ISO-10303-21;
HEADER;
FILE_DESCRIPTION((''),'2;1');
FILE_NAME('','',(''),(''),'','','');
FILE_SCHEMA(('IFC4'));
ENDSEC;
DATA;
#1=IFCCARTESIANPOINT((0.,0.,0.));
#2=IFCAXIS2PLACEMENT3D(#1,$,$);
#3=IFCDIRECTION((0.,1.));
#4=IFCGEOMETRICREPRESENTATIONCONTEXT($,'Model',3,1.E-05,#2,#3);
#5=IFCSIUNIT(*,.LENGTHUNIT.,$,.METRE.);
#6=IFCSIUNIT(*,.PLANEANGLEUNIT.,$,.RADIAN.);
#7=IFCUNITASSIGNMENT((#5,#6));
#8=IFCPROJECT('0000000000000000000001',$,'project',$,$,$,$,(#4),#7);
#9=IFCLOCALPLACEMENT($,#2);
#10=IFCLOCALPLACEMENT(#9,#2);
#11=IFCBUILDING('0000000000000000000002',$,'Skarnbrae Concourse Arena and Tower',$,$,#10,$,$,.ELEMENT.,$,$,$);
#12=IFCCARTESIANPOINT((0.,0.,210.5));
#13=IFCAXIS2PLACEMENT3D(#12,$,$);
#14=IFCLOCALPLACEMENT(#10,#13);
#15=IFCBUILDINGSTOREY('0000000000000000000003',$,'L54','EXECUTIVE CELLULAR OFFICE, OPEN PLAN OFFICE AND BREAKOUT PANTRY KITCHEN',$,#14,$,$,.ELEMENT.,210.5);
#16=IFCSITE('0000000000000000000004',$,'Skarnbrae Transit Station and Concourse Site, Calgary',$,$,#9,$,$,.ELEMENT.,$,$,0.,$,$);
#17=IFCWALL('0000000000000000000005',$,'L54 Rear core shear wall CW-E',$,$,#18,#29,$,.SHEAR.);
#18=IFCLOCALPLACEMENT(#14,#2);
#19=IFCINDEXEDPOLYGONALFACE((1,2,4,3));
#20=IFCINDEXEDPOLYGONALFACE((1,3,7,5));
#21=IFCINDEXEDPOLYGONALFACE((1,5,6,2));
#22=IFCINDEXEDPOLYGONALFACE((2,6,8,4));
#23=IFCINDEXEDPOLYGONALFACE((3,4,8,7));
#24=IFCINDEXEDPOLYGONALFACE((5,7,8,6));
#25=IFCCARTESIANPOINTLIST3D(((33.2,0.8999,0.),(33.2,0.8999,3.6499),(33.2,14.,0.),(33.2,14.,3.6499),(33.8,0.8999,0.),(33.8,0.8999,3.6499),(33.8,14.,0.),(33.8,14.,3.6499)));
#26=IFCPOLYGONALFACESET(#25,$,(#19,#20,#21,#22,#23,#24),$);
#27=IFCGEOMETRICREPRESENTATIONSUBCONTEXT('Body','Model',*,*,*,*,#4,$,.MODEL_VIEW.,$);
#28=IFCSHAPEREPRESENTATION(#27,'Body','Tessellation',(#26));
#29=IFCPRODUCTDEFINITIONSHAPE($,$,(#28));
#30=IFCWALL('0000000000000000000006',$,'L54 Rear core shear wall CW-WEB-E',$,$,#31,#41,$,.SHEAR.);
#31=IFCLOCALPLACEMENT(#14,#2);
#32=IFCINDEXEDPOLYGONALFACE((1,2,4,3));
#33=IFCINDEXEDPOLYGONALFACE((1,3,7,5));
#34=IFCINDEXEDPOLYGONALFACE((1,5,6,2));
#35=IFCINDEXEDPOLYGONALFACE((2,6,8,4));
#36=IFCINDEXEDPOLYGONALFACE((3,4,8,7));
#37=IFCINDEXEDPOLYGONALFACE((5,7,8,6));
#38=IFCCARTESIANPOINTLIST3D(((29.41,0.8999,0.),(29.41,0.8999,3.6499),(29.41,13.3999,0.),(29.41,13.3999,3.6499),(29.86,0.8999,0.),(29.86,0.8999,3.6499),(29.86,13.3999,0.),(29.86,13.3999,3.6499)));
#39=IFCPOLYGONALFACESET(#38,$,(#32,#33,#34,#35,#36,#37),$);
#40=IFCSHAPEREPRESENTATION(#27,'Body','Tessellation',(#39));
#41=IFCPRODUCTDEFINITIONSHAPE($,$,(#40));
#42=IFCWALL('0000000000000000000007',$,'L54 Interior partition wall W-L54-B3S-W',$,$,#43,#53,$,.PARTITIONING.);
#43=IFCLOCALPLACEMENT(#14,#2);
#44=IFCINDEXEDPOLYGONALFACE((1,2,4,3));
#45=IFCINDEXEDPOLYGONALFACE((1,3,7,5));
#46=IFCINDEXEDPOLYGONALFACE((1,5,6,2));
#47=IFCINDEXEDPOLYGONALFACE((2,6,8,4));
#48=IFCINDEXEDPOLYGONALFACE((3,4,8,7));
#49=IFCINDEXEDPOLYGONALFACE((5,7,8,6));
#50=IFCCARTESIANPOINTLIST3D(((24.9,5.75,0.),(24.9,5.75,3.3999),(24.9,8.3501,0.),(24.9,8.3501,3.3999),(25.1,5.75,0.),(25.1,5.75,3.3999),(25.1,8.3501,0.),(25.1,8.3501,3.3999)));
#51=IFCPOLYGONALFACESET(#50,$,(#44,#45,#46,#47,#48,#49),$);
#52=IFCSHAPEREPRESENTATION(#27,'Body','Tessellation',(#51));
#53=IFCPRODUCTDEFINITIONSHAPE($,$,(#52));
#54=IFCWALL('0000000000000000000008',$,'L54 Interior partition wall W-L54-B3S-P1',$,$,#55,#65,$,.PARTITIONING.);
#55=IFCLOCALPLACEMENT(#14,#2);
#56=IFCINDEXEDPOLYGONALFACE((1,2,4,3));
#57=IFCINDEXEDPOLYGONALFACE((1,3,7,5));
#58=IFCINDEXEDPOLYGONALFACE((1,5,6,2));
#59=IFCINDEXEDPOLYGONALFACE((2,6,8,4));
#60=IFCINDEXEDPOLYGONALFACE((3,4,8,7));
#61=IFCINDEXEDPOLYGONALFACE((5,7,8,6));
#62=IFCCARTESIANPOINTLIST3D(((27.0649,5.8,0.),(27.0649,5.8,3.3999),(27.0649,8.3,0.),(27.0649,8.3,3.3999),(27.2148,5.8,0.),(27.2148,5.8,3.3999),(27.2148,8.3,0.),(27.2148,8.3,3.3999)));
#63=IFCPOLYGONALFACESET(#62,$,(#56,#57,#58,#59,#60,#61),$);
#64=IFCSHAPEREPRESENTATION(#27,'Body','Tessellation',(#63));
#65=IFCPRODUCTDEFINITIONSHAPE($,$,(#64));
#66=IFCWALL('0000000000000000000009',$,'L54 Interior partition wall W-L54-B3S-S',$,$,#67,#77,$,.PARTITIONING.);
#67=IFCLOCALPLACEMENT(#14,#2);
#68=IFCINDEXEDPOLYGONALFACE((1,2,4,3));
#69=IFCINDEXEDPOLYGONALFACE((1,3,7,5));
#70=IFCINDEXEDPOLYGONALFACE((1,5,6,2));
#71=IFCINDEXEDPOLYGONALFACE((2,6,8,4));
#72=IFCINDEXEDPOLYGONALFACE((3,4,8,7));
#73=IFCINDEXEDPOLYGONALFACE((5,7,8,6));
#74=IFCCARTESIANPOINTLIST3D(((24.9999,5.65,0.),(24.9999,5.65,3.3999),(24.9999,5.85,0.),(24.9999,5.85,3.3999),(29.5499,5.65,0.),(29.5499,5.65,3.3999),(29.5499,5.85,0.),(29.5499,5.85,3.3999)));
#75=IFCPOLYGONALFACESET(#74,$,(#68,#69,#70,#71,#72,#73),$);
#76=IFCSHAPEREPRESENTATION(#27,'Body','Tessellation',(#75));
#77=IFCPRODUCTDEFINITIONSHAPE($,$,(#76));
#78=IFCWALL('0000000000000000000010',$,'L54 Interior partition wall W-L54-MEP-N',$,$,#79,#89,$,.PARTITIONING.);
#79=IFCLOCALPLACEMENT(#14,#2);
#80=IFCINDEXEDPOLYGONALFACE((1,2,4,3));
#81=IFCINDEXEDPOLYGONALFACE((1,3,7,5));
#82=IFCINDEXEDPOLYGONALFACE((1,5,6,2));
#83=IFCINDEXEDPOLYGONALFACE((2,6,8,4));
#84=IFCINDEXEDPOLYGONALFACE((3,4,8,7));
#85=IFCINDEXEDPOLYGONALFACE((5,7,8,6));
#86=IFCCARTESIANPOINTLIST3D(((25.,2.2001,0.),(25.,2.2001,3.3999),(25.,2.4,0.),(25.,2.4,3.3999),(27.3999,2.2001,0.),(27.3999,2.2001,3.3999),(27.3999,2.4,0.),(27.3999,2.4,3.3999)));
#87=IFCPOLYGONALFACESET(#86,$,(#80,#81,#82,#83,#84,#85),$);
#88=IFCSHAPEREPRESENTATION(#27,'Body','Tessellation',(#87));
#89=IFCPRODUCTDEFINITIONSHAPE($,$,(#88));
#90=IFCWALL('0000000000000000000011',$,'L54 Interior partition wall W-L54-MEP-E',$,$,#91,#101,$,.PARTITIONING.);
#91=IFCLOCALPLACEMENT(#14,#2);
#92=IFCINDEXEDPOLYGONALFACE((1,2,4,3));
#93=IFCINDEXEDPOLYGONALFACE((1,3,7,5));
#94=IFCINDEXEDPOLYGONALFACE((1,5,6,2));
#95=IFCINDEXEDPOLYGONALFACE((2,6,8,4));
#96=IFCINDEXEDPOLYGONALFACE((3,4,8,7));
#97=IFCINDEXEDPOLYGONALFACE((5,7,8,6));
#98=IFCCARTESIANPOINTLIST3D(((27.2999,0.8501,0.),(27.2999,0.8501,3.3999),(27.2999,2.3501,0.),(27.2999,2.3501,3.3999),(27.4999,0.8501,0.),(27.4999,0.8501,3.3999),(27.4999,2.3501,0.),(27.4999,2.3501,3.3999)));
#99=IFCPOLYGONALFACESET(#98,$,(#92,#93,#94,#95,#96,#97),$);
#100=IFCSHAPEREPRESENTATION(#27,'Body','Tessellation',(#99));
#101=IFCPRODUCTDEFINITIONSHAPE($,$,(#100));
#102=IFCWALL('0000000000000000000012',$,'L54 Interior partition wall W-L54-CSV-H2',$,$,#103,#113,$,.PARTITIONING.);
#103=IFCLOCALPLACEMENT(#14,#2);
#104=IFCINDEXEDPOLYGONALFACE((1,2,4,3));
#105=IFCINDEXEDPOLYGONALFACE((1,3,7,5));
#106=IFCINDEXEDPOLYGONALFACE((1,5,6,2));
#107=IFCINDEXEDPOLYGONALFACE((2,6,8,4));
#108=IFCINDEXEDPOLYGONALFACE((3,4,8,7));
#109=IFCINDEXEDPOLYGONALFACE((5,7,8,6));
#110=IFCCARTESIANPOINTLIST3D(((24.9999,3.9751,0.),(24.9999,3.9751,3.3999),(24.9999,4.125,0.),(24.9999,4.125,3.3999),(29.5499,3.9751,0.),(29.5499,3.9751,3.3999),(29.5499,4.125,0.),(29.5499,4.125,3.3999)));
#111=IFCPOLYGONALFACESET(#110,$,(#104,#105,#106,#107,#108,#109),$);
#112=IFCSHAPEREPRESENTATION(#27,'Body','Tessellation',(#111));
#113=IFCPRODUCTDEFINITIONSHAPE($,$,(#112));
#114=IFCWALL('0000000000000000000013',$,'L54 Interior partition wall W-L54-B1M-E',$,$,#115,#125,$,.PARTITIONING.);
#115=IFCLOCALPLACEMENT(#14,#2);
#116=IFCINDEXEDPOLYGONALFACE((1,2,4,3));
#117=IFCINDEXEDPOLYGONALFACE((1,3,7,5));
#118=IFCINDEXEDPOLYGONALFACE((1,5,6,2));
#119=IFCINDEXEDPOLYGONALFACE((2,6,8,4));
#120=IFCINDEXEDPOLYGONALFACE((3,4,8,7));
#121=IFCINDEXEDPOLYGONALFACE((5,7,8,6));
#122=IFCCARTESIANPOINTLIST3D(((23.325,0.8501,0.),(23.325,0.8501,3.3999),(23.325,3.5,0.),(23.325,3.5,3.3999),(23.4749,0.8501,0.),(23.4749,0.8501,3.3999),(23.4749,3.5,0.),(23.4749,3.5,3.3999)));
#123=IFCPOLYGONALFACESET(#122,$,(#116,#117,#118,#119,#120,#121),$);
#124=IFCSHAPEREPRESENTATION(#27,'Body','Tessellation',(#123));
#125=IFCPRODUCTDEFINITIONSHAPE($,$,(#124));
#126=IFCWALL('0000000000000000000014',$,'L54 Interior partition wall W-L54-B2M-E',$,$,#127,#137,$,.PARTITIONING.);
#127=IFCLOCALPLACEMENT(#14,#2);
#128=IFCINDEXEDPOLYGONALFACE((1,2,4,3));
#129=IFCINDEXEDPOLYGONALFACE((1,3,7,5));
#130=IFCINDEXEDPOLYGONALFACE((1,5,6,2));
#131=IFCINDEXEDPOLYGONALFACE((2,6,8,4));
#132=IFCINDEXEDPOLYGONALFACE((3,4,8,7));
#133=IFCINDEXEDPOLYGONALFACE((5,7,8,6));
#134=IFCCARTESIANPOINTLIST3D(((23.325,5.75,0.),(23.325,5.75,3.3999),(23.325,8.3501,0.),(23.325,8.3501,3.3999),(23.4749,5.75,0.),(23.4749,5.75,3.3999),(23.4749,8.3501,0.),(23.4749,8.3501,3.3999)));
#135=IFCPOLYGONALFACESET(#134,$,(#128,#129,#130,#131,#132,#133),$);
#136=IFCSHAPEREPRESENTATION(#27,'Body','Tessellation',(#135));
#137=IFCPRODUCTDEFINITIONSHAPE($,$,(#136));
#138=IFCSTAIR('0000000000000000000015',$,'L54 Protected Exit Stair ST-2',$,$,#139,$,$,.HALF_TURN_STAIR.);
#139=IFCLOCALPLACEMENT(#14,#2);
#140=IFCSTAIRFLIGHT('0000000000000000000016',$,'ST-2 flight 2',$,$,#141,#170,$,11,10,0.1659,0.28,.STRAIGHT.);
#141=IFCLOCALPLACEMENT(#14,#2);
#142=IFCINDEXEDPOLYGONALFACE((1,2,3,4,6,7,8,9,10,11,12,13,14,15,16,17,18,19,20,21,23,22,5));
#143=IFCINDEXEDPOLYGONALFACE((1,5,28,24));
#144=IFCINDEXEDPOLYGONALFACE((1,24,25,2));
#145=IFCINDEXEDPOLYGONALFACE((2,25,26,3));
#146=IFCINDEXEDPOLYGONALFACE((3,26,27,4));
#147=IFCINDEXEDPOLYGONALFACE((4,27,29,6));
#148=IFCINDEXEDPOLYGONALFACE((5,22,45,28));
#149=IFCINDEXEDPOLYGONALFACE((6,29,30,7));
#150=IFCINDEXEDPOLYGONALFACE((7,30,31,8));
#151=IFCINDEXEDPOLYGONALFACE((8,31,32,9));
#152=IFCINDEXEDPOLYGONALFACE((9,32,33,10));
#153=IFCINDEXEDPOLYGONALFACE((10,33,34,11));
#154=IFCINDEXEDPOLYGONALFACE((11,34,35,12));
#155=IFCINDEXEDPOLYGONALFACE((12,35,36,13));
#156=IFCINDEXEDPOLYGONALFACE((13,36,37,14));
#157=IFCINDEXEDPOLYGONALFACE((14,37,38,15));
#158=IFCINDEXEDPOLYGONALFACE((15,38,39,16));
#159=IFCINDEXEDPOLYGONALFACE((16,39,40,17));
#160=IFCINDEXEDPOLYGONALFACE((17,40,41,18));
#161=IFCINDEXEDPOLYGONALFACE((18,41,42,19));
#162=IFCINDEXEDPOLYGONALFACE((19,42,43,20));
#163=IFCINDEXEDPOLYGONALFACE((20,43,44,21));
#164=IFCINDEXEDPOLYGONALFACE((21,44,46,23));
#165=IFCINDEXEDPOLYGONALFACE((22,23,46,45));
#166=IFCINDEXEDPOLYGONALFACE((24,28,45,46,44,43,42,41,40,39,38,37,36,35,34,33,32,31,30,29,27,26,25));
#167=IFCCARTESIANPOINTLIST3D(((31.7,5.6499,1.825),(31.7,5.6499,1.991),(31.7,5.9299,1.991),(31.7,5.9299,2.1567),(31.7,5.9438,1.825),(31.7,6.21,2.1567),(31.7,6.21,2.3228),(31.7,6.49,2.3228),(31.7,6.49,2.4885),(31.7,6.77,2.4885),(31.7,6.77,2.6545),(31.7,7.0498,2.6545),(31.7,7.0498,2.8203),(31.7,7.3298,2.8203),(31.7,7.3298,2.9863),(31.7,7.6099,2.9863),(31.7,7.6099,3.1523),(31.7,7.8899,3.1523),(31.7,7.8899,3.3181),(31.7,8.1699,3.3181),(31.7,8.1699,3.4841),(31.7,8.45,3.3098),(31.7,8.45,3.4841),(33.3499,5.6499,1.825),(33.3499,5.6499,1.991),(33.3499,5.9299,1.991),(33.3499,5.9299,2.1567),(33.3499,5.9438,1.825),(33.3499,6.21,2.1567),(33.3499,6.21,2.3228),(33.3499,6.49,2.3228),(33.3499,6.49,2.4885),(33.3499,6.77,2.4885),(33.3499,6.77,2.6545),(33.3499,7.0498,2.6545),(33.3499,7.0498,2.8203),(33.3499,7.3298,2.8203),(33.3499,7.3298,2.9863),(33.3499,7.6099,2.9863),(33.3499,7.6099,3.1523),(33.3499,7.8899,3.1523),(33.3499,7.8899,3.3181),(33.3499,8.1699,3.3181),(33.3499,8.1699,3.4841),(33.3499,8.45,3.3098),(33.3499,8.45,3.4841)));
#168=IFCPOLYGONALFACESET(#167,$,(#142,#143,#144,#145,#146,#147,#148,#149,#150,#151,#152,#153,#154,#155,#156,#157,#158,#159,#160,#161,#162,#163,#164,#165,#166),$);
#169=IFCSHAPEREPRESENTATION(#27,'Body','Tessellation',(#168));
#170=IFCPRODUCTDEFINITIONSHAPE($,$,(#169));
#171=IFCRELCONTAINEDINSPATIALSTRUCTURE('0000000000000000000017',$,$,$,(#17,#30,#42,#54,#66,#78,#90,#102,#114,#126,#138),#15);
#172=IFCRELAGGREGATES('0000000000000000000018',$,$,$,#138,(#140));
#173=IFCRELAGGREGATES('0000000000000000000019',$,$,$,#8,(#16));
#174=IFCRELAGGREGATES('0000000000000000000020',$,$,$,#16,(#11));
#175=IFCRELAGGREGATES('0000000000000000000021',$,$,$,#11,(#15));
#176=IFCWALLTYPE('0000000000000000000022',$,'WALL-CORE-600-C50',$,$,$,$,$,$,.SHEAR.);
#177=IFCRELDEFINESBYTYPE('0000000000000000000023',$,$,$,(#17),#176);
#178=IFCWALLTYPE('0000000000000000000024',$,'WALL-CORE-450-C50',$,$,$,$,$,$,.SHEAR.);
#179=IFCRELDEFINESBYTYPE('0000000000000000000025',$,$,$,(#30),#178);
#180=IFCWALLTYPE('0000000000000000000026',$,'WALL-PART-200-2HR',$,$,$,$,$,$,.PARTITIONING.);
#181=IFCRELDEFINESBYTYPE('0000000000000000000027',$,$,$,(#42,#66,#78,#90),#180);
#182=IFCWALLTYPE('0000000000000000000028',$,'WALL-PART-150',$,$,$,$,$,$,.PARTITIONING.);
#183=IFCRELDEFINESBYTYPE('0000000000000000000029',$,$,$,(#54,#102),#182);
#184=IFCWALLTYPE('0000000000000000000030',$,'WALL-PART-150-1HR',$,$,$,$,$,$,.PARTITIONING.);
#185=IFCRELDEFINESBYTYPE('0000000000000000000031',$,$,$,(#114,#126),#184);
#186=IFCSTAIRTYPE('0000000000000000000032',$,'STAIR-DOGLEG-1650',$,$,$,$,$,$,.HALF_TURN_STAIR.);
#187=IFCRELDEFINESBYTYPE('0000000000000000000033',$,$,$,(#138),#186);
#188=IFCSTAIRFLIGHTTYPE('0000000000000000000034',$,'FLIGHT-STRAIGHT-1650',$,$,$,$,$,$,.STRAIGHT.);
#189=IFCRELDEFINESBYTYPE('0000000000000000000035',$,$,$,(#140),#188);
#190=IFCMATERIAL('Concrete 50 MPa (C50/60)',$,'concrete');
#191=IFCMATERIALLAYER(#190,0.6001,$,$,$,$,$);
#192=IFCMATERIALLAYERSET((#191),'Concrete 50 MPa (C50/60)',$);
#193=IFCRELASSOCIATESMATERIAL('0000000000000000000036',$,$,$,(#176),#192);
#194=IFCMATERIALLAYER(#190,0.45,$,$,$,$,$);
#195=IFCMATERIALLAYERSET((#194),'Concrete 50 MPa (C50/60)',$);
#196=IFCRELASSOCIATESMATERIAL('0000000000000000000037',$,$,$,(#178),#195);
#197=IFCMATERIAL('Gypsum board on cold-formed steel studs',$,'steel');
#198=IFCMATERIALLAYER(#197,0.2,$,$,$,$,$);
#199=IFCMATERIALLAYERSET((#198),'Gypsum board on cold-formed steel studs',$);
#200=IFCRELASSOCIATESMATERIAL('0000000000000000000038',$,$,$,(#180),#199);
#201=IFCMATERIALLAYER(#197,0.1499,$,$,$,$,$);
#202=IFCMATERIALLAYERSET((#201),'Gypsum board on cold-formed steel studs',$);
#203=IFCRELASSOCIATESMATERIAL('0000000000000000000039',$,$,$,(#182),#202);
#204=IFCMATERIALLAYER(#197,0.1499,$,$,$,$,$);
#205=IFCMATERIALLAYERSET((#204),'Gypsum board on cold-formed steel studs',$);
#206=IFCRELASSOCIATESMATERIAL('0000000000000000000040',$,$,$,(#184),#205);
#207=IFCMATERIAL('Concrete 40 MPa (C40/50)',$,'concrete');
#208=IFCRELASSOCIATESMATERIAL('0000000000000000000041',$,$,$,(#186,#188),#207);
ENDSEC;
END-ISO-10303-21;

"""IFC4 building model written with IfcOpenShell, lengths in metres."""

from ifc_helpers import new_model, si_unit, direction, frame, frame_2d, origin, place, context, subcontext, project, spatial, polyline, rectangle, outline, extrude, source, transform, mapped, material, layer, layer_set, type_object, element, aggregate, save


model = new_model("IFC4")

# Units and contexts
model_context = context("Model", 3, precision=1e-05, world=origin(), true_north=direction((0.0, 1.0)))
body_context = subcontext(model_context, "Body", "Model", "MODEL_VIEW")
ifc_project = project(units=[si_unit("LENGTHUNIT", "METRE"), si_unit("PLANEANGLEUNIT", "RADIAN")], contexts=[model_context])

# Site, building, storey
site_placement = place(None, origin())
site = spatial("IfcSite", under=ifc_project, at=site_placement, Name="Skarnbrae Transit Station and Concourse Site, Calgary", CompositionType="ELEMENT", RefElevation=0.0)
building_placement = place(site_placement, origin())
building = spatial("IfcBuilding", under=site, at=building_placement, Name="Skarnbrae Concourse Arena and Tower", CompositionType="ELEMENT")
storey_placement = place(building_placement, frame((0.0, 0.0, 210.5)))
storey = spatial("IfcBuildingStorey", under=building, at=storey_placement, Name="L54", Description="EXECUTIVE CELLULAR OFFICE, OPEN PLAN OFFICE AND BREAKOUT PANTRY KITCHEN", CompositionType="ELEMENT", Elevation=210.5)

# Walls
ifc_material_1 = material(Name="Concrete 50 MPa (C50/60)", Category="concrete")
ifc_layer_1 = layer(ifc_material_1, 0.6001)
ifc_layer_set_1 = layer_set([ifc_layer_1], Name="Concrete 50 MPa (C50/60)")
wall_type_1 = type_object("IfcWallType", Name="WALL-CORE-600-C50", PredefinedType="SHEAR", material=ifc_layer_set_1)
shared_shape_1 = source(origin(), body_context, "Body", "SweptSolid", [
    extrude(rectangle(XDim=13.1001, YDim=0.6001, at=frame_2d((6.55, 0.0))), origin(), (0.0, 0.0, 1.0), 3.6499),
])
wall_1_placement = place(storey_placement, frame((33.5, 0.8999, 0.0), z_axis=(0.0, 0.0, 1.0), x_axis=(0.0, 1.0, 0.0)))
element("IfcWall", 1, at=wall_1_placement, inside=storey, type_object=wall_type_1, Name="L54 Rear core shear wall CW-E", PredefinedType="SHEAR", context=body_context, shape_type="MappedRepresentation", body=[
    mapped(shared_shape_1, transform((0.0, 0.0, 0.0))),
])
ifc_layer_2 = layer(ifc_material_1, 0.45)
ifc_layer_set_2 = layer_set([ifc_layer_2], Name="Concrete 50 MPa (C50/60)")
wall_type_2 = type_object("IfcWallType", Name="WALL-CORE-450-C50", PredefinedType="SHEAR", material=ifc_layer_set_2)
shared_shape_2 = source(origin(), body_context, "Body", "SweptSolid", [
    extrude(rectangle(XDim=12.5, YDim=0.45, at=frame_2d((6.25, 0.0))), origin(), (0.0, 0.0, 1.0), 3.6499),
])
wall_2_placement = place(storey_placement, frame((29.635, 0.8999, 0.0), z_axis=(0.0, 0.0, 1.0), x_axis=(0.0, 1.0, 0.0)))
element("IfcWall", 2, at=wall_2_placement, inside=storey, type_object=wall_type_2, Name="L54 Rear core shear wall CW-WEB-E", PredefinedType="SHEAR", context=body_context, shape_type="MappedRepresentation", body=[
    mapped(shared_shape_2, transform((0.0, 0.0, 0.0))),
])
ifc_material_2 = material(Name="Gypsum board on cold-formed steel studs", Category="steel")
ifc_layer_3 = layer(ifc_material_2, 0.2)
ifc_layer_set_3 = layer_set([ifc_layer_3], Name="Gypsum board on cold-formed steel studs")
wall_type_3 = type_object("IfcWallType", Name="WALL-PART-200-2HR", PredefinedType="PARTITIONING", material=ifc_layer_set_3)
shared_shape_3 = source(origin(), body_context, "Body", "SweptSolid", [
    extrude(rectangle(XDim=2.6001, YDim=0.2, at=frame_2d((1.3, 0.0))), origin(), (0.0, 0.0, 1.0), 3.3999),
])
wall_3_placement = place(storey_placement, frame((25.0, 5.75, 0.0), z_axis=(0.0, 0.0, 1.0), x_axis=(0.0, 1.0, 0.0)))
element("IfcWall", 3, at=wall_3_placement, inside=storey, type_object=wall_type_3, Name="L54 Interior partition wall W-L54-B3S-W", PredefinedType="PARTITIONING", context=body_context, shape_type="MappedRepresentation", body=[
    mapped(shared_shape_3, transform((0.0, 0.0, 0.0))),
])
ifc_layer_4 = layer(ifc_material_2, 0.1499)
ifc_layer_set_4 = layer_set([ifc_layer_4], Name="Gypsum board on cold-formed steel studs")
wall_type_4 = type_object("IfcWallType", Name="WALL-PART-150", PredefinedType="PARTITIONING", material=ifc_layer_set_4)
shared_shape_4 = source(origin(), body_context, "Body", "SweptSolid", [
    extrude(rectangle(XDim=2.5, YDim=0.1499, at=frame_2d((1.25, 0.0))), origin(), (0.0, 0.0, 1.0), 3.3999),
])
wall_4_placement = place(storey_placement, frame((27.1399, 5.8, 0.0), z_axis=(0.0, 0.0, 1.0), x_axis=(0.0, 1.0, 0.0)))
element("IfcWall", 4, at=wall_4_placement, inside=storey, type_object=wall_type_4, Name="L54 Interior partition wall W-L54-B3S-P1", PredefinedType="PARTITIONING", context=body_context, shape_type="MappedRepresentation", body=[
    mapped(shared_shape_4, transform((0.0, 0.0, 0.0))),
])

# Shared definitions
shared_shape_5 = source(origin(), body_context, "Body", "SweptSolid", [
    extrude(rectangle(XDim=4.55, YDim=0.2, at=frame_2d((2.2749, 0.0))), origin(), (0.0, 0.0, 1.0), 3.3999),
])

# Wall
wall_5_placement = place(storey_placement, frame((25.0, 5.75, 0.0), z_axis=(0.0, 0.0, 1.0), x_axis=(1.0, 0.0, 0.0)))
element("IfcWall", 5, at=wall_5_placement, inside=storey, type_object=wall_type_3, Name="L54 Interior partition wall W-L54-B3S-S", PredefinedType="PARTITIONING", context=body_context, shape_type="MappedRepresentation", body=[
    mapped(shared_shape_5, transform((0.0, 0.0, 0.0))),
])

# Shared definitions
ifc_layer_5 = layer(ifc_material_2, 0.1499)
ifc_layer_set_5 = layer_set([ifc_layer_5], Name="Gypsum board on cold-formed steel studs")
wall_type_5 = type_object("IfcWallType", Name="WALL-PART-150-1HR", PredefinedType="PARTITIONING", material=ifc_layer_set_5)

# Walls
shared_shape_6 = source(origin(), body_context, "Body", "SweptSolid", [
    extrude(rectangle(XDim=2.3999, YDim=0.2, at=frame_2d((1.2, 0.0))), origin(), (0.0, 0.0, 1.0), 3.3999),
])
wall_6_placement = place(storey_placement, frame((25.0, 2.3, 0.0), z_axis=(0.0, 0.0, 1.0), x_axis=(1.0, 0.0, 0.0)))
element("IfcWall", 6, at=wall_6_placement, inside=storey, type_object=wall_type_3, Name="L54 Interior partition wall W-L54-MEP-N", PredefinedType="PARTITIONING", context=body_context, shape_type="MappedRepresentation", body=[
    mapped(shared_shape_6, transform((0.0, 0.0, 0.0))),
])
shared_shape_7 = source(origin(), body_context, "Body", "SweptSolid", [
    extrude(rectangle(XDim=1.5, YDim=0.2, at=frame_2d((0.75, 0.0))), origin(), (0.0, 0.0, 1.0), 3.3999),
])
wall_7_placement = place(storey_placement, frame((27.3999, 0.8501, 0.0), z_axis=(0.0, 0.0, 1.0), x_axis=(0.0, 1.0, 0.0)))
element("IfcWall", 7, at=wall_7_placement, inside=storey, type_object=wall_type_3, Name="L54 Interior partition wall W-L54-MEP-E", PredefinedType="PARTITIONING", context=body_context, shape_type="MappedRepresentation", body=[
    mapped(shared_shape_7, transform((0.0, 0.0, 0.0))),
])
shared_shape_8 = source(origin(), body_context, "Body", "SweptSolid", [
    extrude(rectangle(XDim=4.55, YDim=0.1499, at=frame_2d((2.2749, 0.0))), origin(), (0.0, 0.0, 1.0), 3.3999),
])
wall_8_placement = place(storey_placement, frame((25.0, 4.05, 0.0), z_axis=(0.0, 0.0, 1.0), x_axis=(1.0, 0.0, 0.0)))
element("IfcWall", 8, at=wall_8_placement, inside=storey, type_object=wall_type_4, Name="L54 Interior partition wall W-L54-CSV-H2", PredefinedType="PARTITIONING", context=body_context, shape_type="MappedRepresentation", body=[
    mapped(shared_shape_8, transform((0.0, 0.0, 0.0))),
])
shared_shape_9 = source(origin(), body_context, "Body", "SweptSolid", [
    extrude(rectangle(XDim=2.6499, YDim=0.1499, at=frame_2d((1.325, 0.0))), origin(), (0.0, 0.0, 1.0), 3.3999),
])
wall_9_placement = place(storey_placement, frame((23.3999, 0.8501, 0.0), z_axis=(0.0, 0.0, 1.0), x_axis=(0.0, 1.0, 0.0)))
element("IfcWall", 9, at=wall_9_placement, inside=storey, type_object=wall_type_5, Name="L54 Interior partition wall W-L54-B1M-E", PredefinedType="PARTITIONING", context=body_context, shape_type="MappedRepresentation", body=[
    mapped(shared_shape_9, transform((0.0, 0.0, 0.0))),
])
shared_shape_10 = source(origin(), body_context, "Body", "SweptSolid", [
    extrude(rectangle(XDim=2.6001, YDim=0.1499, at=frame_2d((1.3, 0.0))), origin(), (0.0, 0.0, 1.0), 3.3999),
])
wall_10_placement = place(storey_placement, frame((23.3999, 5.75, 0.0), z_axis=(0.0, 0.0, 1.0), x_axis=(0.0, 1.0, 0.0)))
element("IfcWall", 10, at=wall_10_placement, inside=storey, type_object=wall_type_5, Name="L54 Interior partition wall W-L54-B2M-E", PredefinedType="PARTITIONING", context=body_context, shape_type="MappedRepresentation", body=[
    mapped(shared_shape_10, transform((0.0, 0.0, 0.0))),
])

# Stair, stair flight
ifc_material_3 = material(Name="Concrete 40 MPa (C40/50)", Category="concrete")
stair_type = type_object("IfcStairType", Name="STAIR-DOGLEG-1650", PredefinedType="HALF_TURN_STAIR", material=ifc_material_3)
stair_placement = place(storey_placement, origin())
stair = element("IfcStair", 11, at=stair_placement, inside=storey, type_object=stair_type, Name="L54 Protected Exit Stair ST-2", PredefinedType="HALF_TURN_STAIR")
stair_flight_type = type_object("IfcStairFlightType", Name="FLIGHT-STRAIGHT-1650", PredefinedType="STRAIGHT", material=ifc_material_3)
shared_shape_11 = source(origin(), body_context, "Body", "SweptSolid", [
    extrude(outline(polyline([(0.0, 0.0), (0.0, 0.166), (0.28, 0.166), (0.28, 0.3318), (0.5601, 0.3318), (0.5601, 0.4978), (0.8401, 0.4978), (0.8401, 0.6636), (1.1201, 0.6636), (1.1201, 0.8296), (1.3999, 0.8296), (1.3999, 0.9954), (1.6799, 0.9954), (1.6799, 1.1614), (1.96, 1.1614), (1.96, 1.3274), (2.24, 1.3274), (2.24, 1.4932), (2.52, 1.4932), (2.52, 1.6592), (2.8, 1.6592), (2.8, 1.825), (2.8, 1.4849), (0.2939, 0.0), (0.0, 0.0)])), frame((0.0, 0.825, 0.0), z_axis=(0.0, -1.0, 0.0), x_axis=(1.0, 0.0, 0.0)), (0.0, 0.0, 1.0), 1.6499),
])
stair_flight_placement = place(storey_placement, frame((32.5249, 5.6499, 1.825), z_axis=(0.0, 0.0, 1.0), x_axis=(0.0, 1.0, 0.0)))
stair_flight = element("IfcStairFlight", 12, at=stair_flight_placement, type_object=stair_flight_type, Name="ST-2 flight 2", NumberOfRisers=11, NumberOfTreads=10, PredefinedType="STRAIGHT", RiserHeight=0.1659, TreadLength=0.28, context=body_context, shape_type="MappedRepresentation", body=[
    mapped(shared_shape_11, transform((0.0, 0.0, 0.0))),
])
aggregate(stair, [stair_flight])

save(model, "model.ifc")
